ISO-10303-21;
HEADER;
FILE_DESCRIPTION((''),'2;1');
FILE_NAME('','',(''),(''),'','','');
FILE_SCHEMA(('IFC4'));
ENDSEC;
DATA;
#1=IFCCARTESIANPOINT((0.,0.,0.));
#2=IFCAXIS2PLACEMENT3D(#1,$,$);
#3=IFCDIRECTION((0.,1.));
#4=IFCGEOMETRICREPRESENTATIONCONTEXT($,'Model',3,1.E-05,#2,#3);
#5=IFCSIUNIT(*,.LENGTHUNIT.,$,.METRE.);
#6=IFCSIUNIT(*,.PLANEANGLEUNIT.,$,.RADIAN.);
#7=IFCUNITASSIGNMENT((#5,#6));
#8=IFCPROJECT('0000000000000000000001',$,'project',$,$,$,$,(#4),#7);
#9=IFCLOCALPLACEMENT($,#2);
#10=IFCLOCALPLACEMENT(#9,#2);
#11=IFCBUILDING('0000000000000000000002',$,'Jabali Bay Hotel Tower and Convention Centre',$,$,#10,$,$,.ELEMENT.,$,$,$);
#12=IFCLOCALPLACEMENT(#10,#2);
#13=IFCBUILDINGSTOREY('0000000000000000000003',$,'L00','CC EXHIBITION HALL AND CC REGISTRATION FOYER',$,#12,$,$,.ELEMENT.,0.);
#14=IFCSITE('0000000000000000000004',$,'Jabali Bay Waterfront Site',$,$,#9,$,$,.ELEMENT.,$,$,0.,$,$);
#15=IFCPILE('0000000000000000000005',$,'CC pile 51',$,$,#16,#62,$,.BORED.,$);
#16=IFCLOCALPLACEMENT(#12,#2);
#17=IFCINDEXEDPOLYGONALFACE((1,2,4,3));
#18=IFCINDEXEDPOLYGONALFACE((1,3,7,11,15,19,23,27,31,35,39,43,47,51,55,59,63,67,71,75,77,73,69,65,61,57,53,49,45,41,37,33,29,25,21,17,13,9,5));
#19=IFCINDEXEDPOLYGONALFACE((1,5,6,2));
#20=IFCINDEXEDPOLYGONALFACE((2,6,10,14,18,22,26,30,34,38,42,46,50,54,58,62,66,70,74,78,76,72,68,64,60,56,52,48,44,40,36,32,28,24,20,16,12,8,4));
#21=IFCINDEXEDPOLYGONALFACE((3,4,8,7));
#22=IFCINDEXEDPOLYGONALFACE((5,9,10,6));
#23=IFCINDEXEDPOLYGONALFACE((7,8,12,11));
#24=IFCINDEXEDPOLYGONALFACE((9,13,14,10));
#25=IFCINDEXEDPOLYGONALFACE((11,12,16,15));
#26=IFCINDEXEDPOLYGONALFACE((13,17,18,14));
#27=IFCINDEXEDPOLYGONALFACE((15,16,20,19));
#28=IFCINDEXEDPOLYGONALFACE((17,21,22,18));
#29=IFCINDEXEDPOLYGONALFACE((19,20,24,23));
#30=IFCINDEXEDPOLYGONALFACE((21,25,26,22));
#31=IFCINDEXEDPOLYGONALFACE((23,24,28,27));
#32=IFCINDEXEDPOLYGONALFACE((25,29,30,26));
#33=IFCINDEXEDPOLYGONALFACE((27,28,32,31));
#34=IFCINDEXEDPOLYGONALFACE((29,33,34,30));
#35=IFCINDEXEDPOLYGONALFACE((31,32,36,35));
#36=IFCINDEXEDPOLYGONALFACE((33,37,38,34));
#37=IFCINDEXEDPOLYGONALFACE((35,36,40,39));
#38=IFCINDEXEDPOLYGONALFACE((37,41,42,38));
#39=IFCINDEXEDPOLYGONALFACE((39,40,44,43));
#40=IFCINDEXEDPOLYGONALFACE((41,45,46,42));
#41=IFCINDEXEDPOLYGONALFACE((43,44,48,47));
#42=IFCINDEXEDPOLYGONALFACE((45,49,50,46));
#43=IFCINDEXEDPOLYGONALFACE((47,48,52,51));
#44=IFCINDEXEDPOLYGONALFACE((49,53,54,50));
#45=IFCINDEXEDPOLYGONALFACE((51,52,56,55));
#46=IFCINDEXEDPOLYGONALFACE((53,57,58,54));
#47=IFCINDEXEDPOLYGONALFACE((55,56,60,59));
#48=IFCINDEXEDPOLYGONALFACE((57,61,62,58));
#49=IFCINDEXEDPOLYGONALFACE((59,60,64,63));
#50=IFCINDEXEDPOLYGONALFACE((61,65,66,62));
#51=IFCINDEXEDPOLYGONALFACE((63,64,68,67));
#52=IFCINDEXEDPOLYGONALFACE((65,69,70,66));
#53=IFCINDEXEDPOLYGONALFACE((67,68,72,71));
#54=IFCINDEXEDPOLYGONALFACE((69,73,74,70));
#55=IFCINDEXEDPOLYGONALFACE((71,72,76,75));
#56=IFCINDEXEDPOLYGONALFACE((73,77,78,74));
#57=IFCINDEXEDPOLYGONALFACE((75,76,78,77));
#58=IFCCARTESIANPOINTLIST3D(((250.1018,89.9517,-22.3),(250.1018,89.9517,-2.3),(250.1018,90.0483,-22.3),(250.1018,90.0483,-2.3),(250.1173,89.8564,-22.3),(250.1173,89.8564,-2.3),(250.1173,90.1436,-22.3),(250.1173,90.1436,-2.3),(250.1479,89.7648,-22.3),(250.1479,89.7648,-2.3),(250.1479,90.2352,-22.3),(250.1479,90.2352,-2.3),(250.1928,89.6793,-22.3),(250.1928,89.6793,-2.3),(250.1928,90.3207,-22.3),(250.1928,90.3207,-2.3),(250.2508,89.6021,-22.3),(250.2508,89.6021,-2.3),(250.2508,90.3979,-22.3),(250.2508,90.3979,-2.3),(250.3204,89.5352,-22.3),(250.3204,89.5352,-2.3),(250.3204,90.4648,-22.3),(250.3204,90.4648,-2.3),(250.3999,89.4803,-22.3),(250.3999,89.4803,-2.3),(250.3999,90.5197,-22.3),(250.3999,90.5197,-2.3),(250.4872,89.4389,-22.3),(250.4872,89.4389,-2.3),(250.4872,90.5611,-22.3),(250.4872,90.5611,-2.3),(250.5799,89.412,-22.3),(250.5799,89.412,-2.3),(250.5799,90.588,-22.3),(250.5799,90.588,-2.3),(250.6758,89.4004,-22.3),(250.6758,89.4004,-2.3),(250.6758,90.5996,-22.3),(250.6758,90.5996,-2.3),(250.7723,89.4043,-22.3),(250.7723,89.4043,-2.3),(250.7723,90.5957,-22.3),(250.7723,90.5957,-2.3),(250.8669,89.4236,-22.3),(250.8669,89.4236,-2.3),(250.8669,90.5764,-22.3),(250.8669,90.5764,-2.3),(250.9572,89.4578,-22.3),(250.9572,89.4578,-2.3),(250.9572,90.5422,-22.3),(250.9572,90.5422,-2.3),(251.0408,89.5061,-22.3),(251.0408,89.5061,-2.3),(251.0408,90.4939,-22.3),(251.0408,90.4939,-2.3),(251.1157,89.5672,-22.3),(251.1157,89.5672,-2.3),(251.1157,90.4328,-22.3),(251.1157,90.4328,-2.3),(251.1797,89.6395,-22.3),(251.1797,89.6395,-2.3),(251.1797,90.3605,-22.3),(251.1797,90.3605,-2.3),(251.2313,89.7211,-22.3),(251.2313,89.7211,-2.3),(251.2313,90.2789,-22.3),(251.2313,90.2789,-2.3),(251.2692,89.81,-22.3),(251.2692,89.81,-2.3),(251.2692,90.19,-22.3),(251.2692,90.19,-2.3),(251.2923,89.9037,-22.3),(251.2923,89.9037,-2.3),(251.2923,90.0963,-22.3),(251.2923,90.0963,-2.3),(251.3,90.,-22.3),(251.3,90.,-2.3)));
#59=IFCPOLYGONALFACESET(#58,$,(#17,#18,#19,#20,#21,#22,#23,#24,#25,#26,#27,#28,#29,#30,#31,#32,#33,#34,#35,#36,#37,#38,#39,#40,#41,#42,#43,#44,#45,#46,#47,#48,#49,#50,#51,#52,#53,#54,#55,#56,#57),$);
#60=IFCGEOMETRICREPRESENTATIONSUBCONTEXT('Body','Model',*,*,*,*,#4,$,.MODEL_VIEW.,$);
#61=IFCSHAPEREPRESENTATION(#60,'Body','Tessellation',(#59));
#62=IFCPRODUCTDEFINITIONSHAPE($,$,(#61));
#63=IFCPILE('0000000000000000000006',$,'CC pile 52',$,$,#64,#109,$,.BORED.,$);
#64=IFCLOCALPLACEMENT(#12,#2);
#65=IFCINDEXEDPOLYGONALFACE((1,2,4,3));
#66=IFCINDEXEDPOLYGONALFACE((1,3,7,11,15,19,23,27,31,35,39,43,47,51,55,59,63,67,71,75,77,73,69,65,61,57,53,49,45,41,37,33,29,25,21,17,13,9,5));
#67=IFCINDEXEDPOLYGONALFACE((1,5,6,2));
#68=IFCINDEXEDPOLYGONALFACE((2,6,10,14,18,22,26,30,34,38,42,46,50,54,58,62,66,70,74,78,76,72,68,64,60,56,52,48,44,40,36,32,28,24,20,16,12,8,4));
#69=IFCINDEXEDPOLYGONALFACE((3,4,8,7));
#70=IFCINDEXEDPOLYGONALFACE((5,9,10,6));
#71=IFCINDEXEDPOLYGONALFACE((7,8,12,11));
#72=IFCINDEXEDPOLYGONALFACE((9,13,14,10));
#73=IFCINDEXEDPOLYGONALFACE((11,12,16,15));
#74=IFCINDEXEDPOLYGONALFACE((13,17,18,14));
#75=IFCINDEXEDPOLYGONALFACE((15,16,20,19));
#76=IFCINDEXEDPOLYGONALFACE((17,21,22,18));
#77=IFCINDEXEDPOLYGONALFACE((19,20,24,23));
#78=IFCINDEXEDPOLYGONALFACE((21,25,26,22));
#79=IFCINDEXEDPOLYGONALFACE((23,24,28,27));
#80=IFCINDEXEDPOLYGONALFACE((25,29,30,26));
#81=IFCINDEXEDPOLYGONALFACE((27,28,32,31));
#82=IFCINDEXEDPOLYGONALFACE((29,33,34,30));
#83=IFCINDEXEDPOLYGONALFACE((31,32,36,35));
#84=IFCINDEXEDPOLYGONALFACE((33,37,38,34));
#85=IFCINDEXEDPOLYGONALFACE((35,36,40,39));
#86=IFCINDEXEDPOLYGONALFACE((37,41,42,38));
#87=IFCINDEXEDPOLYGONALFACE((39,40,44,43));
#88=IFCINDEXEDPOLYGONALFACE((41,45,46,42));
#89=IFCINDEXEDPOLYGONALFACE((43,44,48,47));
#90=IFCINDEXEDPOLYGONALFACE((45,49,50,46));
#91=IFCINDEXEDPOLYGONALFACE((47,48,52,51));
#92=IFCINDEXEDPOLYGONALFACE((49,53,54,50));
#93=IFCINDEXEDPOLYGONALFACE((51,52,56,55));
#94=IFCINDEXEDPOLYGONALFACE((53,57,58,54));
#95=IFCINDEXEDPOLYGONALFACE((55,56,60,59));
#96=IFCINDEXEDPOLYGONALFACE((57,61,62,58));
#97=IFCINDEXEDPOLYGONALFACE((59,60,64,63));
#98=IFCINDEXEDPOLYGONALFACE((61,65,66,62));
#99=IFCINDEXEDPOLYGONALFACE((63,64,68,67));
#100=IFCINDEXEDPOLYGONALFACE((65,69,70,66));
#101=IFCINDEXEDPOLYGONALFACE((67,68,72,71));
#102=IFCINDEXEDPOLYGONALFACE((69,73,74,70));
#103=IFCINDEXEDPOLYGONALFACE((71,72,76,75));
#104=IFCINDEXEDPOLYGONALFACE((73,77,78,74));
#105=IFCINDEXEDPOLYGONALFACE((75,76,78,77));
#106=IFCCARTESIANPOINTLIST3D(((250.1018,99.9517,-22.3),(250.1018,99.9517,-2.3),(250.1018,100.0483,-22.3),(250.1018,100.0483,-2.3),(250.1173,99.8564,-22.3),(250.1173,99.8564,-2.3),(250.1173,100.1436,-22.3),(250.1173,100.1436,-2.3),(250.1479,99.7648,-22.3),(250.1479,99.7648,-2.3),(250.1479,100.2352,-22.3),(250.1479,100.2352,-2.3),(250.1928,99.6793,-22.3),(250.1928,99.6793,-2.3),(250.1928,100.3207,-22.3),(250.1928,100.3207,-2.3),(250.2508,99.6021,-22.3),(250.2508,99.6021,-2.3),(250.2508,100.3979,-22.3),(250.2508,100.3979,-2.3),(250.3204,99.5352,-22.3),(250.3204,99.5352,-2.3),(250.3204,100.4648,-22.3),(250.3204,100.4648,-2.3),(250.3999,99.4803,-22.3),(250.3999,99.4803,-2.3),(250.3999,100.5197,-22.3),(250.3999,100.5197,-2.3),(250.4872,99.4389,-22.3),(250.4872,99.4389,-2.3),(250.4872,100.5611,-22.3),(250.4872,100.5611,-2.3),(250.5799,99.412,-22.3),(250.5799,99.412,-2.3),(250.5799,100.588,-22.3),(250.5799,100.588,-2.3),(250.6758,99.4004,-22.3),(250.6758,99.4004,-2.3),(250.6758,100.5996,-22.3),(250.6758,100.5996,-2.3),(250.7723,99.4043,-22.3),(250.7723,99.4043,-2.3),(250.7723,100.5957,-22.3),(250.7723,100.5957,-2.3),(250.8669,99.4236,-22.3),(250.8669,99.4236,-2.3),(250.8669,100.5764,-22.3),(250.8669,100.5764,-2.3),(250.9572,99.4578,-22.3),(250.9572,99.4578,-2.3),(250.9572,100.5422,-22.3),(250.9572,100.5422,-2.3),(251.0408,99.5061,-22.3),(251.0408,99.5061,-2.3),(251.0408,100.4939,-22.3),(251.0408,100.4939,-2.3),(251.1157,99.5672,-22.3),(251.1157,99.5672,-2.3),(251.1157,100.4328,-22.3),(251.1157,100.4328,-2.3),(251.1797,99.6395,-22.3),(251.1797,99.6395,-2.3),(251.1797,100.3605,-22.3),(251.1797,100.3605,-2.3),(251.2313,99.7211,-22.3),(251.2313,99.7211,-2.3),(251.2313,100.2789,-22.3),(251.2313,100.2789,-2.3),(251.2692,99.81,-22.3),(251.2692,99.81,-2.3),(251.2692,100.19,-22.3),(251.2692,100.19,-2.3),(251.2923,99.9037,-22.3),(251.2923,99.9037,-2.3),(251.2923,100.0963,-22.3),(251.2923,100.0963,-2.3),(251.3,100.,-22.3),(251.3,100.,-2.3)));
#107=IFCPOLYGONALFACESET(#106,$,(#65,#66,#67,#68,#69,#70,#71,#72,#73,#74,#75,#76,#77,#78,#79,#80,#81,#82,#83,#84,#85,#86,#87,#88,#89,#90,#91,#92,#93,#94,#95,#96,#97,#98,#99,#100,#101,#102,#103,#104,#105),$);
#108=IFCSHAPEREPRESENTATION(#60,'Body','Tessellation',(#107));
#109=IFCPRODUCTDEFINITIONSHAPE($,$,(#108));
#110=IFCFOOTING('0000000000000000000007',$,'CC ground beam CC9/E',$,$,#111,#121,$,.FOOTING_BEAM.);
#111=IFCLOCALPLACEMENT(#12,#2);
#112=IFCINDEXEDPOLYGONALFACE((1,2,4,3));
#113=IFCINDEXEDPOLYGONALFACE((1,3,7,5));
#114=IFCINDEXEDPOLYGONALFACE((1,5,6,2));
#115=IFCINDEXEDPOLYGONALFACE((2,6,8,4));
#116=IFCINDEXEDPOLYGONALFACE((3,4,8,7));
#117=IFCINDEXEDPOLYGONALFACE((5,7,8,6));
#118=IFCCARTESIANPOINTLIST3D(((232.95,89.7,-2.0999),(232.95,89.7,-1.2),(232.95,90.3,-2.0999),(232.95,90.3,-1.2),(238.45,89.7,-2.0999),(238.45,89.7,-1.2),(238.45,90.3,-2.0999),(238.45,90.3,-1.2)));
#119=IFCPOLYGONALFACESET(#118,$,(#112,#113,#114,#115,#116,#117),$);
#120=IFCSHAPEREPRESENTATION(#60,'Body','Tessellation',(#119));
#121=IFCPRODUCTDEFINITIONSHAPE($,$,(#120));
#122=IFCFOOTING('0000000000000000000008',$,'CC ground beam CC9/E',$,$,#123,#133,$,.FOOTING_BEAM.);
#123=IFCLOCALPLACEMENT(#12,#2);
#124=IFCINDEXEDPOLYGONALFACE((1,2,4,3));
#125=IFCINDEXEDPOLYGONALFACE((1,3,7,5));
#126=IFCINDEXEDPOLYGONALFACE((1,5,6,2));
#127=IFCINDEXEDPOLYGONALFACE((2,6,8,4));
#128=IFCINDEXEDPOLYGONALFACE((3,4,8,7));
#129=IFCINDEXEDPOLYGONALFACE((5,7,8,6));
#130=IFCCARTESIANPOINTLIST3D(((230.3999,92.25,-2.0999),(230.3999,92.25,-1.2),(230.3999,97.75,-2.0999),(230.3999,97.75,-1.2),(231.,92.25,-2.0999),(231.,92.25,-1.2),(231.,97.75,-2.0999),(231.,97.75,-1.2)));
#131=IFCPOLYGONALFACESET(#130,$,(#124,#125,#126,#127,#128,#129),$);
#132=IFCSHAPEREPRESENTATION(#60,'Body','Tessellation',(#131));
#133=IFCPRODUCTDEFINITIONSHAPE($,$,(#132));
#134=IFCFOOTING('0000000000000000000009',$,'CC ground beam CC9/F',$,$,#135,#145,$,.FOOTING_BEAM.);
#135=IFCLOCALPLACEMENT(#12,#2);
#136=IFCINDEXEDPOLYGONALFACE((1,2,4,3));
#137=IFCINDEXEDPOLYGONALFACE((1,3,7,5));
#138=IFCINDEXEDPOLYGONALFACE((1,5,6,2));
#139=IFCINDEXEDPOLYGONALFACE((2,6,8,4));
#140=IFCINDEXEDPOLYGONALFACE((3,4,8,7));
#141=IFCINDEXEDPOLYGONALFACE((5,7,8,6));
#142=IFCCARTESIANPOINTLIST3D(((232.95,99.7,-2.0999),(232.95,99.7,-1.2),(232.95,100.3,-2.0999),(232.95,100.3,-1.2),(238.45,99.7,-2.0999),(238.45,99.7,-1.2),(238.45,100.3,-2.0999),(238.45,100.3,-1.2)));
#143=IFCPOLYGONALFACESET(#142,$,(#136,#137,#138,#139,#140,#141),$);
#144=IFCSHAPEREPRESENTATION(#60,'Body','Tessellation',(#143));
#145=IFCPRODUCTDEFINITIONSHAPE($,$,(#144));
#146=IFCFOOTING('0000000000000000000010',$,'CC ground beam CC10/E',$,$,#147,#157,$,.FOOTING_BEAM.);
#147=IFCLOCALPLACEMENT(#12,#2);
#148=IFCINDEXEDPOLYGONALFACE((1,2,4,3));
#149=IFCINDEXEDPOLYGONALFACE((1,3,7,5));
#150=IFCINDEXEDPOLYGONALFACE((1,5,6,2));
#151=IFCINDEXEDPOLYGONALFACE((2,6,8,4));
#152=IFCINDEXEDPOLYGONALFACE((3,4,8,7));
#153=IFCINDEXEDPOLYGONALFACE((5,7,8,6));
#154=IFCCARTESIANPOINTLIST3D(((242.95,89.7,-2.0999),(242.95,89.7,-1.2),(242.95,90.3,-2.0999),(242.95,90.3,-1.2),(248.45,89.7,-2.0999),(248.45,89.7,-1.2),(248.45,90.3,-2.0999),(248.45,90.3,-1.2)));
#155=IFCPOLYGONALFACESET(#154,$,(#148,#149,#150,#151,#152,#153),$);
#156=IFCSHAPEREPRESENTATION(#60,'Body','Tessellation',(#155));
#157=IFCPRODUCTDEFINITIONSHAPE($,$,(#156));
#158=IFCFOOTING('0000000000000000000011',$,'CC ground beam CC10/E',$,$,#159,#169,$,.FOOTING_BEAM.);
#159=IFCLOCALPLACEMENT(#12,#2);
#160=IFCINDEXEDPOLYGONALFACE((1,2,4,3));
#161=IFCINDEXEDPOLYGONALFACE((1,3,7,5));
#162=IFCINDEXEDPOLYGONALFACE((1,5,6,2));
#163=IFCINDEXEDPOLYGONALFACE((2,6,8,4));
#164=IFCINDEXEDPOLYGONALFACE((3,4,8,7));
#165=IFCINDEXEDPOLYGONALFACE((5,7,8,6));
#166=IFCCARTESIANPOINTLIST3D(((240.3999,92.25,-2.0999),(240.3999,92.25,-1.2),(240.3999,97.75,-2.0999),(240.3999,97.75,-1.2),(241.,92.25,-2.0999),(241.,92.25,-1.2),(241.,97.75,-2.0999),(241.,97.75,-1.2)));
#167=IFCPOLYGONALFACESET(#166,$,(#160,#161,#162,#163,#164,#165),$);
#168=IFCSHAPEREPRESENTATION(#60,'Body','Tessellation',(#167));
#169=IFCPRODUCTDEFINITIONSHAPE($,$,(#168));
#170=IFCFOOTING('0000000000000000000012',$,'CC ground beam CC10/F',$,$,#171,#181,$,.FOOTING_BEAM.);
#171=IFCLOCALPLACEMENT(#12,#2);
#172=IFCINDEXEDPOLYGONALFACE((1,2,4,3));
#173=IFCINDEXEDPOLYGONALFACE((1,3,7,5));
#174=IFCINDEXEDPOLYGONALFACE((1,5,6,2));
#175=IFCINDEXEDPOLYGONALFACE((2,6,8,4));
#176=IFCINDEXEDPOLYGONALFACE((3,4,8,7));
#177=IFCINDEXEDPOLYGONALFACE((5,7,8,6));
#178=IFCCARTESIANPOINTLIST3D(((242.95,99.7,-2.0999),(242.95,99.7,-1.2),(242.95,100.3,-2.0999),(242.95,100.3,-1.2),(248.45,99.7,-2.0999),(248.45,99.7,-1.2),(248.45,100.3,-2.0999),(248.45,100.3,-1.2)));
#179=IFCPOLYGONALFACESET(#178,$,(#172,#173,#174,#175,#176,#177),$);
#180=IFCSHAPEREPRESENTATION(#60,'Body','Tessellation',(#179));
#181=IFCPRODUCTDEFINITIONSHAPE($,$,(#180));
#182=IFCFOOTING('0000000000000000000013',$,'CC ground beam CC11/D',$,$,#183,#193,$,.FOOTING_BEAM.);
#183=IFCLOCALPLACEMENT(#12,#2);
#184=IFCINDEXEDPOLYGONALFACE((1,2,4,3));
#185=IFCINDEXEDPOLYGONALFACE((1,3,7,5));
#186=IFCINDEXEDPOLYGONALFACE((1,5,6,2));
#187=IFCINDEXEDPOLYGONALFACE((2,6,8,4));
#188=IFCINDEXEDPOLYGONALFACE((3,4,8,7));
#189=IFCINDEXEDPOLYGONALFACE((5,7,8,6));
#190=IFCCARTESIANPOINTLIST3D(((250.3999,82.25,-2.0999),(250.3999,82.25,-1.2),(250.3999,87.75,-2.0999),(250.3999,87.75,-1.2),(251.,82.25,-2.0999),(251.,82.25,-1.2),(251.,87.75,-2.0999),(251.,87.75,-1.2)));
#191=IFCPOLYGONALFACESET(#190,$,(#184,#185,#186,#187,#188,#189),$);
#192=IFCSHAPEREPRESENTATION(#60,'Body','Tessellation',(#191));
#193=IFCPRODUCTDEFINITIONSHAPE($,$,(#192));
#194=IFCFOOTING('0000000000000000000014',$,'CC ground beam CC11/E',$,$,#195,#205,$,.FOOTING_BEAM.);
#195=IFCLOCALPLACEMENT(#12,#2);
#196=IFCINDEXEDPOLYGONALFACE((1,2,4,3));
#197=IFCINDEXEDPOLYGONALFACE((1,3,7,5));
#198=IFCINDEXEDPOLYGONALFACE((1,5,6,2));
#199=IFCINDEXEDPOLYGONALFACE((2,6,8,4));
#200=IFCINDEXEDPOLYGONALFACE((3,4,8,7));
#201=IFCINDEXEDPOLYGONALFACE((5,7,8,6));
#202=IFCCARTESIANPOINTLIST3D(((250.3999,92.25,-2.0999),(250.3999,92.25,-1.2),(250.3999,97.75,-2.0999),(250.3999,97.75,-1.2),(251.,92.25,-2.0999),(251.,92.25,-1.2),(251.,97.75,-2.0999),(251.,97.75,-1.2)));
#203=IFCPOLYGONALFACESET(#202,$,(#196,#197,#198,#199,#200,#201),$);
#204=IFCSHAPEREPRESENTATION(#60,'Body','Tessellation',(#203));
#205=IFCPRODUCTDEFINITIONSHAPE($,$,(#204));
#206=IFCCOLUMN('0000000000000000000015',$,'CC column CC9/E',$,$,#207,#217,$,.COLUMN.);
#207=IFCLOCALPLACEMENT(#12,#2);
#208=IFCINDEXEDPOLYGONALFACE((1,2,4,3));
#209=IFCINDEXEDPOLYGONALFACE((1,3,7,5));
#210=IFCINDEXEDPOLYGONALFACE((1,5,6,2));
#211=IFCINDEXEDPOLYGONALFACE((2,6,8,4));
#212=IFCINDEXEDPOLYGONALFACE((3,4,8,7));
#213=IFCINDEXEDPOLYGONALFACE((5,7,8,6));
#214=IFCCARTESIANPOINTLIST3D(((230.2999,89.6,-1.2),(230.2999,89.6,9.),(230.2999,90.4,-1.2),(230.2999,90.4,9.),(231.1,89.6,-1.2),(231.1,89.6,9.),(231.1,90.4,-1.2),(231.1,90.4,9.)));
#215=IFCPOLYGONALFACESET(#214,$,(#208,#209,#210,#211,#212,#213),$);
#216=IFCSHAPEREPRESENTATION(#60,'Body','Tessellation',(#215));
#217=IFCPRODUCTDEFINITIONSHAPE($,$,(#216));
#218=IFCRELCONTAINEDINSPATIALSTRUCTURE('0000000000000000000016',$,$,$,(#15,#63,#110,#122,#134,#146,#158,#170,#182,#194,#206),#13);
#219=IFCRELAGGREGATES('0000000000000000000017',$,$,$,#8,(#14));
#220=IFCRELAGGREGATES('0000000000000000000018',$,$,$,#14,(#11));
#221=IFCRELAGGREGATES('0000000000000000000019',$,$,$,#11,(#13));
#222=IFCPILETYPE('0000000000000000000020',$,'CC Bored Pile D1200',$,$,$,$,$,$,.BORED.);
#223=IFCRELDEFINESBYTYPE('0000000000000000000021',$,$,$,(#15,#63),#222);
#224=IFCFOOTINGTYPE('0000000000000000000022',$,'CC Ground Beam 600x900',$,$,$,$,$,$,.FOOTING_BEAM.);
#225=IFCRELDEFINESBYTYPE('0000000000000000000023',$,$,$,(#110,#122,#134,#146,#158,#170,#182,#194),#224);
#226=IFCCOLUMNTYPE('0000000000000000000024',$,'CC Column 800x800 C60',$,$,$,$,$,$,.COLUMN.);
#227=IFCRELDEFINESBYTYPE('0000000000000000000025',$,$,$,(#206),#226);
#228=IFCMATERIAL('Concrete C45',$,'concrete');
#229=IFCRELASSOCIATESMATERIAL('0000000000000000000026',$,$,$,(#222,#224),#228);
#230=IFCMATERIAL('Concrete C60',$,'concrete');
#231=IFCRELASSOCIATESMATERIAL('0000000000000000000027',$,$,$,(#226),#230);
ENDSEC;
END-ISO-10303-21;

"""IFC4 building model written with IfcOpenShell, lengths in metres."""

from ifc_helpers import new_model, si_unit, direction, frame, origin, origin_2d, place, context, subcontext, project, spatial, rectangle, circle, extrude, material, material_profile, profile_set, type_object, element, save


model = new_model("IFC4")

# Units and contexts
model_context = context("Model", 3, precision=1e-05, world=origin(), true_north=direction((0.0, 1.0)))
body_context = subcontext(model_context, "Body", "Model", "MODEL_VIEW")
ifc_project = project(units=[si_unit("LENGTHUNIT", "METRE"), si_unit("PLANEANGLEUNIT", "RADIAN")], contexts=[model_context])

# Site, building, storey
site_placement = place(None, origin())
site = spatial("IfcSite", under=ifc_project, at=site_placement, Name="Jabali Bay Waterfront Site", CompositionType="ELEMENT", RefElevation=0.0)
building_placement = place(site_placement, origin())
building = spatial("IfcBuilding", under=site, at=building_placement, Name="Jabali Bay Hotel Tower and Convention Centre", CompositionType="ELEMENT")
storey_placement = place(building_placement, origin())
storey = spatial("IfcBuildingStorey", under=building, at=storey_placement, Name="L00", Description="CC EXHIBITION HALL AND CC REGISTRATION FOYER", CompositionType="ELEMENT", Elevation=0.0)

# Piles
ifc_material_1 = material(Name="Concrete C45", Category="concrete")
ifc_material_profile_1 = material_profile(ifc_material_1, circle(Radius=0.6001, at=origin_2d()), Name="D1200")
ifc_profile_set_1 = profile_set([ifc_material_profile_1], Name="Concrete C45")
pile_type = type_object("IfcPileType", Name="CC Bored Pile D1200", PredefinedType="BORED", material=ifc_profile_set_1)
for number, where, z_axis, x_axis, name in (
    (1, (250.7, 90.0, -2.3), (0.0, 0.0, -1.0), (1.0, 0.0, 0.0), "CC pile 51"),
    (2, (250.7, 100.0, -2.3), (0.0, 0.0, -1.0), (1.0, 0.0, 0.0), "CC pile 52"),
):
    element("IfcPile", number, at=place(storey_placement, frame(where, z_axis=z_axis, x_axis=x_axis)), inside=storey, type_object=pile_type, Name=name, PredefinedType="BORED", context=body_context, shape_type="SweptSolid", body=[
        extrude(circle(Radius=0.6001, at=origin_2d()), origin(), (0.0, 0.0, 1.0), 20.0),
    ])

# Footings
ifc_material_profile_2 = material_profile(ifc_material_1, rectangle(XDim=0.6001, YDim=0.8999, at=origin_2d()), Name="RC 600x900")
ifc_profile_set_2 = profile_set([ifc_material_profile_2], Name="Concrete C45")
footing_type = type_object("IfcFootingType", Name="CC Ground Beam 600x900", PredefinedType="FOOTING_BEAM", material=ifc_profile_set_2)
for number, where, z_axis, x_axis, name in (
    (3, (232.95, 90.0, -1.6499), (1.0, 0.0, 0.0), (0.0, 1.0, 0.0), "CC ground beam CC9/E"),
    (4, (230.7, 92.25, -1.6499), (0.0, 1.0, 0.0), (-1.0, 0.0, 0.0), "CC ground beam CC9/E"),
    (5, (232.95, 100.0, -1.6499), (1.0, 0.0, 0.0), (0.0, 1.0, 0.0), "CC ground beam CC9/F"),
    (6, (242.95, 90.0, -1.6499), (1.0, 0.0, 0.0), (0.0, 1.0, 0.0), "CC ground beam CC10/E"),
    (7, (240.7, 92.25, -1.6499), (0.0, 1.0, 0.0), (-1.0, 0.0, 0.0), "CC ground beam CC10/E"),
    (8, (242.95, 100.0, -1.6499), (1.0, 0.0, 0.0), (0.0, 1.0, 0.0), "CC ground beam CC10/F"),
    (9, (250.7, 82.25, -1.6499), (0.0, 1.0, 0.0), (-1.0, 0.0, 0.0), "CC ground beam CC11/D"),
    (10, (250.7, 92.25, -1.6499), (0.0, 1.0, 0.0), (-1.0, 0.0, 0.0), "CC ground beam CC11/E"),
):
    element("IfcFooting", number, at=place(storey_placement, frame(where, z_axis=z_axis, x_axis=x_axis)), inside=storey, type_object=footing_type, Name=name, PredefinedType="FOOTING_BEAM", context=body_context, shape_type="SweptSolid", body=[
        extrude(rectangle(XDim=0.6001, YDim=0.8999, at=origin_2d()), origin(), (0.0, 0.0, 1.0), 5.5),
    ])

# Column
ifc_material_2 = material(Name="Concrete C60", Category="concrete")
ifc_material_profile_3 = material_profile(ifc_material_2, rectangle(XDim=0.8, YDim=0.8, at=origin_2d()), Name="RC 800x800")
ifc_profile_set_3 = profile_set([ifc_material_profile_3], Name="Concrete C60")
column_type = type_object("IfcColumnType", Name="CC Column 800x800 C60", PredefinedType="COLUMN", material=ifc_profile_set_3)
column_1_placement = place(storey_placement, frame((230.7, 90.0, -1.2), z_axis=(0.0, 0.0, 1.0), x_axis=(1.0, 0.0, 0.0)))
element("IfcColumn", 11, at=column_1_placement, inside=storey, type_object=column_type, Name="CC column CC9/E", PredefinedType="COLUMN", context=body_context, shape_type="SweptSolid", body=[
    extrude(rectangle(XDim=0.8, YDim=0.8, at=origin_2d()), origin(), (0.0, 0.0, 1.0), 10.2),
])

save(model, "model.ifc")
